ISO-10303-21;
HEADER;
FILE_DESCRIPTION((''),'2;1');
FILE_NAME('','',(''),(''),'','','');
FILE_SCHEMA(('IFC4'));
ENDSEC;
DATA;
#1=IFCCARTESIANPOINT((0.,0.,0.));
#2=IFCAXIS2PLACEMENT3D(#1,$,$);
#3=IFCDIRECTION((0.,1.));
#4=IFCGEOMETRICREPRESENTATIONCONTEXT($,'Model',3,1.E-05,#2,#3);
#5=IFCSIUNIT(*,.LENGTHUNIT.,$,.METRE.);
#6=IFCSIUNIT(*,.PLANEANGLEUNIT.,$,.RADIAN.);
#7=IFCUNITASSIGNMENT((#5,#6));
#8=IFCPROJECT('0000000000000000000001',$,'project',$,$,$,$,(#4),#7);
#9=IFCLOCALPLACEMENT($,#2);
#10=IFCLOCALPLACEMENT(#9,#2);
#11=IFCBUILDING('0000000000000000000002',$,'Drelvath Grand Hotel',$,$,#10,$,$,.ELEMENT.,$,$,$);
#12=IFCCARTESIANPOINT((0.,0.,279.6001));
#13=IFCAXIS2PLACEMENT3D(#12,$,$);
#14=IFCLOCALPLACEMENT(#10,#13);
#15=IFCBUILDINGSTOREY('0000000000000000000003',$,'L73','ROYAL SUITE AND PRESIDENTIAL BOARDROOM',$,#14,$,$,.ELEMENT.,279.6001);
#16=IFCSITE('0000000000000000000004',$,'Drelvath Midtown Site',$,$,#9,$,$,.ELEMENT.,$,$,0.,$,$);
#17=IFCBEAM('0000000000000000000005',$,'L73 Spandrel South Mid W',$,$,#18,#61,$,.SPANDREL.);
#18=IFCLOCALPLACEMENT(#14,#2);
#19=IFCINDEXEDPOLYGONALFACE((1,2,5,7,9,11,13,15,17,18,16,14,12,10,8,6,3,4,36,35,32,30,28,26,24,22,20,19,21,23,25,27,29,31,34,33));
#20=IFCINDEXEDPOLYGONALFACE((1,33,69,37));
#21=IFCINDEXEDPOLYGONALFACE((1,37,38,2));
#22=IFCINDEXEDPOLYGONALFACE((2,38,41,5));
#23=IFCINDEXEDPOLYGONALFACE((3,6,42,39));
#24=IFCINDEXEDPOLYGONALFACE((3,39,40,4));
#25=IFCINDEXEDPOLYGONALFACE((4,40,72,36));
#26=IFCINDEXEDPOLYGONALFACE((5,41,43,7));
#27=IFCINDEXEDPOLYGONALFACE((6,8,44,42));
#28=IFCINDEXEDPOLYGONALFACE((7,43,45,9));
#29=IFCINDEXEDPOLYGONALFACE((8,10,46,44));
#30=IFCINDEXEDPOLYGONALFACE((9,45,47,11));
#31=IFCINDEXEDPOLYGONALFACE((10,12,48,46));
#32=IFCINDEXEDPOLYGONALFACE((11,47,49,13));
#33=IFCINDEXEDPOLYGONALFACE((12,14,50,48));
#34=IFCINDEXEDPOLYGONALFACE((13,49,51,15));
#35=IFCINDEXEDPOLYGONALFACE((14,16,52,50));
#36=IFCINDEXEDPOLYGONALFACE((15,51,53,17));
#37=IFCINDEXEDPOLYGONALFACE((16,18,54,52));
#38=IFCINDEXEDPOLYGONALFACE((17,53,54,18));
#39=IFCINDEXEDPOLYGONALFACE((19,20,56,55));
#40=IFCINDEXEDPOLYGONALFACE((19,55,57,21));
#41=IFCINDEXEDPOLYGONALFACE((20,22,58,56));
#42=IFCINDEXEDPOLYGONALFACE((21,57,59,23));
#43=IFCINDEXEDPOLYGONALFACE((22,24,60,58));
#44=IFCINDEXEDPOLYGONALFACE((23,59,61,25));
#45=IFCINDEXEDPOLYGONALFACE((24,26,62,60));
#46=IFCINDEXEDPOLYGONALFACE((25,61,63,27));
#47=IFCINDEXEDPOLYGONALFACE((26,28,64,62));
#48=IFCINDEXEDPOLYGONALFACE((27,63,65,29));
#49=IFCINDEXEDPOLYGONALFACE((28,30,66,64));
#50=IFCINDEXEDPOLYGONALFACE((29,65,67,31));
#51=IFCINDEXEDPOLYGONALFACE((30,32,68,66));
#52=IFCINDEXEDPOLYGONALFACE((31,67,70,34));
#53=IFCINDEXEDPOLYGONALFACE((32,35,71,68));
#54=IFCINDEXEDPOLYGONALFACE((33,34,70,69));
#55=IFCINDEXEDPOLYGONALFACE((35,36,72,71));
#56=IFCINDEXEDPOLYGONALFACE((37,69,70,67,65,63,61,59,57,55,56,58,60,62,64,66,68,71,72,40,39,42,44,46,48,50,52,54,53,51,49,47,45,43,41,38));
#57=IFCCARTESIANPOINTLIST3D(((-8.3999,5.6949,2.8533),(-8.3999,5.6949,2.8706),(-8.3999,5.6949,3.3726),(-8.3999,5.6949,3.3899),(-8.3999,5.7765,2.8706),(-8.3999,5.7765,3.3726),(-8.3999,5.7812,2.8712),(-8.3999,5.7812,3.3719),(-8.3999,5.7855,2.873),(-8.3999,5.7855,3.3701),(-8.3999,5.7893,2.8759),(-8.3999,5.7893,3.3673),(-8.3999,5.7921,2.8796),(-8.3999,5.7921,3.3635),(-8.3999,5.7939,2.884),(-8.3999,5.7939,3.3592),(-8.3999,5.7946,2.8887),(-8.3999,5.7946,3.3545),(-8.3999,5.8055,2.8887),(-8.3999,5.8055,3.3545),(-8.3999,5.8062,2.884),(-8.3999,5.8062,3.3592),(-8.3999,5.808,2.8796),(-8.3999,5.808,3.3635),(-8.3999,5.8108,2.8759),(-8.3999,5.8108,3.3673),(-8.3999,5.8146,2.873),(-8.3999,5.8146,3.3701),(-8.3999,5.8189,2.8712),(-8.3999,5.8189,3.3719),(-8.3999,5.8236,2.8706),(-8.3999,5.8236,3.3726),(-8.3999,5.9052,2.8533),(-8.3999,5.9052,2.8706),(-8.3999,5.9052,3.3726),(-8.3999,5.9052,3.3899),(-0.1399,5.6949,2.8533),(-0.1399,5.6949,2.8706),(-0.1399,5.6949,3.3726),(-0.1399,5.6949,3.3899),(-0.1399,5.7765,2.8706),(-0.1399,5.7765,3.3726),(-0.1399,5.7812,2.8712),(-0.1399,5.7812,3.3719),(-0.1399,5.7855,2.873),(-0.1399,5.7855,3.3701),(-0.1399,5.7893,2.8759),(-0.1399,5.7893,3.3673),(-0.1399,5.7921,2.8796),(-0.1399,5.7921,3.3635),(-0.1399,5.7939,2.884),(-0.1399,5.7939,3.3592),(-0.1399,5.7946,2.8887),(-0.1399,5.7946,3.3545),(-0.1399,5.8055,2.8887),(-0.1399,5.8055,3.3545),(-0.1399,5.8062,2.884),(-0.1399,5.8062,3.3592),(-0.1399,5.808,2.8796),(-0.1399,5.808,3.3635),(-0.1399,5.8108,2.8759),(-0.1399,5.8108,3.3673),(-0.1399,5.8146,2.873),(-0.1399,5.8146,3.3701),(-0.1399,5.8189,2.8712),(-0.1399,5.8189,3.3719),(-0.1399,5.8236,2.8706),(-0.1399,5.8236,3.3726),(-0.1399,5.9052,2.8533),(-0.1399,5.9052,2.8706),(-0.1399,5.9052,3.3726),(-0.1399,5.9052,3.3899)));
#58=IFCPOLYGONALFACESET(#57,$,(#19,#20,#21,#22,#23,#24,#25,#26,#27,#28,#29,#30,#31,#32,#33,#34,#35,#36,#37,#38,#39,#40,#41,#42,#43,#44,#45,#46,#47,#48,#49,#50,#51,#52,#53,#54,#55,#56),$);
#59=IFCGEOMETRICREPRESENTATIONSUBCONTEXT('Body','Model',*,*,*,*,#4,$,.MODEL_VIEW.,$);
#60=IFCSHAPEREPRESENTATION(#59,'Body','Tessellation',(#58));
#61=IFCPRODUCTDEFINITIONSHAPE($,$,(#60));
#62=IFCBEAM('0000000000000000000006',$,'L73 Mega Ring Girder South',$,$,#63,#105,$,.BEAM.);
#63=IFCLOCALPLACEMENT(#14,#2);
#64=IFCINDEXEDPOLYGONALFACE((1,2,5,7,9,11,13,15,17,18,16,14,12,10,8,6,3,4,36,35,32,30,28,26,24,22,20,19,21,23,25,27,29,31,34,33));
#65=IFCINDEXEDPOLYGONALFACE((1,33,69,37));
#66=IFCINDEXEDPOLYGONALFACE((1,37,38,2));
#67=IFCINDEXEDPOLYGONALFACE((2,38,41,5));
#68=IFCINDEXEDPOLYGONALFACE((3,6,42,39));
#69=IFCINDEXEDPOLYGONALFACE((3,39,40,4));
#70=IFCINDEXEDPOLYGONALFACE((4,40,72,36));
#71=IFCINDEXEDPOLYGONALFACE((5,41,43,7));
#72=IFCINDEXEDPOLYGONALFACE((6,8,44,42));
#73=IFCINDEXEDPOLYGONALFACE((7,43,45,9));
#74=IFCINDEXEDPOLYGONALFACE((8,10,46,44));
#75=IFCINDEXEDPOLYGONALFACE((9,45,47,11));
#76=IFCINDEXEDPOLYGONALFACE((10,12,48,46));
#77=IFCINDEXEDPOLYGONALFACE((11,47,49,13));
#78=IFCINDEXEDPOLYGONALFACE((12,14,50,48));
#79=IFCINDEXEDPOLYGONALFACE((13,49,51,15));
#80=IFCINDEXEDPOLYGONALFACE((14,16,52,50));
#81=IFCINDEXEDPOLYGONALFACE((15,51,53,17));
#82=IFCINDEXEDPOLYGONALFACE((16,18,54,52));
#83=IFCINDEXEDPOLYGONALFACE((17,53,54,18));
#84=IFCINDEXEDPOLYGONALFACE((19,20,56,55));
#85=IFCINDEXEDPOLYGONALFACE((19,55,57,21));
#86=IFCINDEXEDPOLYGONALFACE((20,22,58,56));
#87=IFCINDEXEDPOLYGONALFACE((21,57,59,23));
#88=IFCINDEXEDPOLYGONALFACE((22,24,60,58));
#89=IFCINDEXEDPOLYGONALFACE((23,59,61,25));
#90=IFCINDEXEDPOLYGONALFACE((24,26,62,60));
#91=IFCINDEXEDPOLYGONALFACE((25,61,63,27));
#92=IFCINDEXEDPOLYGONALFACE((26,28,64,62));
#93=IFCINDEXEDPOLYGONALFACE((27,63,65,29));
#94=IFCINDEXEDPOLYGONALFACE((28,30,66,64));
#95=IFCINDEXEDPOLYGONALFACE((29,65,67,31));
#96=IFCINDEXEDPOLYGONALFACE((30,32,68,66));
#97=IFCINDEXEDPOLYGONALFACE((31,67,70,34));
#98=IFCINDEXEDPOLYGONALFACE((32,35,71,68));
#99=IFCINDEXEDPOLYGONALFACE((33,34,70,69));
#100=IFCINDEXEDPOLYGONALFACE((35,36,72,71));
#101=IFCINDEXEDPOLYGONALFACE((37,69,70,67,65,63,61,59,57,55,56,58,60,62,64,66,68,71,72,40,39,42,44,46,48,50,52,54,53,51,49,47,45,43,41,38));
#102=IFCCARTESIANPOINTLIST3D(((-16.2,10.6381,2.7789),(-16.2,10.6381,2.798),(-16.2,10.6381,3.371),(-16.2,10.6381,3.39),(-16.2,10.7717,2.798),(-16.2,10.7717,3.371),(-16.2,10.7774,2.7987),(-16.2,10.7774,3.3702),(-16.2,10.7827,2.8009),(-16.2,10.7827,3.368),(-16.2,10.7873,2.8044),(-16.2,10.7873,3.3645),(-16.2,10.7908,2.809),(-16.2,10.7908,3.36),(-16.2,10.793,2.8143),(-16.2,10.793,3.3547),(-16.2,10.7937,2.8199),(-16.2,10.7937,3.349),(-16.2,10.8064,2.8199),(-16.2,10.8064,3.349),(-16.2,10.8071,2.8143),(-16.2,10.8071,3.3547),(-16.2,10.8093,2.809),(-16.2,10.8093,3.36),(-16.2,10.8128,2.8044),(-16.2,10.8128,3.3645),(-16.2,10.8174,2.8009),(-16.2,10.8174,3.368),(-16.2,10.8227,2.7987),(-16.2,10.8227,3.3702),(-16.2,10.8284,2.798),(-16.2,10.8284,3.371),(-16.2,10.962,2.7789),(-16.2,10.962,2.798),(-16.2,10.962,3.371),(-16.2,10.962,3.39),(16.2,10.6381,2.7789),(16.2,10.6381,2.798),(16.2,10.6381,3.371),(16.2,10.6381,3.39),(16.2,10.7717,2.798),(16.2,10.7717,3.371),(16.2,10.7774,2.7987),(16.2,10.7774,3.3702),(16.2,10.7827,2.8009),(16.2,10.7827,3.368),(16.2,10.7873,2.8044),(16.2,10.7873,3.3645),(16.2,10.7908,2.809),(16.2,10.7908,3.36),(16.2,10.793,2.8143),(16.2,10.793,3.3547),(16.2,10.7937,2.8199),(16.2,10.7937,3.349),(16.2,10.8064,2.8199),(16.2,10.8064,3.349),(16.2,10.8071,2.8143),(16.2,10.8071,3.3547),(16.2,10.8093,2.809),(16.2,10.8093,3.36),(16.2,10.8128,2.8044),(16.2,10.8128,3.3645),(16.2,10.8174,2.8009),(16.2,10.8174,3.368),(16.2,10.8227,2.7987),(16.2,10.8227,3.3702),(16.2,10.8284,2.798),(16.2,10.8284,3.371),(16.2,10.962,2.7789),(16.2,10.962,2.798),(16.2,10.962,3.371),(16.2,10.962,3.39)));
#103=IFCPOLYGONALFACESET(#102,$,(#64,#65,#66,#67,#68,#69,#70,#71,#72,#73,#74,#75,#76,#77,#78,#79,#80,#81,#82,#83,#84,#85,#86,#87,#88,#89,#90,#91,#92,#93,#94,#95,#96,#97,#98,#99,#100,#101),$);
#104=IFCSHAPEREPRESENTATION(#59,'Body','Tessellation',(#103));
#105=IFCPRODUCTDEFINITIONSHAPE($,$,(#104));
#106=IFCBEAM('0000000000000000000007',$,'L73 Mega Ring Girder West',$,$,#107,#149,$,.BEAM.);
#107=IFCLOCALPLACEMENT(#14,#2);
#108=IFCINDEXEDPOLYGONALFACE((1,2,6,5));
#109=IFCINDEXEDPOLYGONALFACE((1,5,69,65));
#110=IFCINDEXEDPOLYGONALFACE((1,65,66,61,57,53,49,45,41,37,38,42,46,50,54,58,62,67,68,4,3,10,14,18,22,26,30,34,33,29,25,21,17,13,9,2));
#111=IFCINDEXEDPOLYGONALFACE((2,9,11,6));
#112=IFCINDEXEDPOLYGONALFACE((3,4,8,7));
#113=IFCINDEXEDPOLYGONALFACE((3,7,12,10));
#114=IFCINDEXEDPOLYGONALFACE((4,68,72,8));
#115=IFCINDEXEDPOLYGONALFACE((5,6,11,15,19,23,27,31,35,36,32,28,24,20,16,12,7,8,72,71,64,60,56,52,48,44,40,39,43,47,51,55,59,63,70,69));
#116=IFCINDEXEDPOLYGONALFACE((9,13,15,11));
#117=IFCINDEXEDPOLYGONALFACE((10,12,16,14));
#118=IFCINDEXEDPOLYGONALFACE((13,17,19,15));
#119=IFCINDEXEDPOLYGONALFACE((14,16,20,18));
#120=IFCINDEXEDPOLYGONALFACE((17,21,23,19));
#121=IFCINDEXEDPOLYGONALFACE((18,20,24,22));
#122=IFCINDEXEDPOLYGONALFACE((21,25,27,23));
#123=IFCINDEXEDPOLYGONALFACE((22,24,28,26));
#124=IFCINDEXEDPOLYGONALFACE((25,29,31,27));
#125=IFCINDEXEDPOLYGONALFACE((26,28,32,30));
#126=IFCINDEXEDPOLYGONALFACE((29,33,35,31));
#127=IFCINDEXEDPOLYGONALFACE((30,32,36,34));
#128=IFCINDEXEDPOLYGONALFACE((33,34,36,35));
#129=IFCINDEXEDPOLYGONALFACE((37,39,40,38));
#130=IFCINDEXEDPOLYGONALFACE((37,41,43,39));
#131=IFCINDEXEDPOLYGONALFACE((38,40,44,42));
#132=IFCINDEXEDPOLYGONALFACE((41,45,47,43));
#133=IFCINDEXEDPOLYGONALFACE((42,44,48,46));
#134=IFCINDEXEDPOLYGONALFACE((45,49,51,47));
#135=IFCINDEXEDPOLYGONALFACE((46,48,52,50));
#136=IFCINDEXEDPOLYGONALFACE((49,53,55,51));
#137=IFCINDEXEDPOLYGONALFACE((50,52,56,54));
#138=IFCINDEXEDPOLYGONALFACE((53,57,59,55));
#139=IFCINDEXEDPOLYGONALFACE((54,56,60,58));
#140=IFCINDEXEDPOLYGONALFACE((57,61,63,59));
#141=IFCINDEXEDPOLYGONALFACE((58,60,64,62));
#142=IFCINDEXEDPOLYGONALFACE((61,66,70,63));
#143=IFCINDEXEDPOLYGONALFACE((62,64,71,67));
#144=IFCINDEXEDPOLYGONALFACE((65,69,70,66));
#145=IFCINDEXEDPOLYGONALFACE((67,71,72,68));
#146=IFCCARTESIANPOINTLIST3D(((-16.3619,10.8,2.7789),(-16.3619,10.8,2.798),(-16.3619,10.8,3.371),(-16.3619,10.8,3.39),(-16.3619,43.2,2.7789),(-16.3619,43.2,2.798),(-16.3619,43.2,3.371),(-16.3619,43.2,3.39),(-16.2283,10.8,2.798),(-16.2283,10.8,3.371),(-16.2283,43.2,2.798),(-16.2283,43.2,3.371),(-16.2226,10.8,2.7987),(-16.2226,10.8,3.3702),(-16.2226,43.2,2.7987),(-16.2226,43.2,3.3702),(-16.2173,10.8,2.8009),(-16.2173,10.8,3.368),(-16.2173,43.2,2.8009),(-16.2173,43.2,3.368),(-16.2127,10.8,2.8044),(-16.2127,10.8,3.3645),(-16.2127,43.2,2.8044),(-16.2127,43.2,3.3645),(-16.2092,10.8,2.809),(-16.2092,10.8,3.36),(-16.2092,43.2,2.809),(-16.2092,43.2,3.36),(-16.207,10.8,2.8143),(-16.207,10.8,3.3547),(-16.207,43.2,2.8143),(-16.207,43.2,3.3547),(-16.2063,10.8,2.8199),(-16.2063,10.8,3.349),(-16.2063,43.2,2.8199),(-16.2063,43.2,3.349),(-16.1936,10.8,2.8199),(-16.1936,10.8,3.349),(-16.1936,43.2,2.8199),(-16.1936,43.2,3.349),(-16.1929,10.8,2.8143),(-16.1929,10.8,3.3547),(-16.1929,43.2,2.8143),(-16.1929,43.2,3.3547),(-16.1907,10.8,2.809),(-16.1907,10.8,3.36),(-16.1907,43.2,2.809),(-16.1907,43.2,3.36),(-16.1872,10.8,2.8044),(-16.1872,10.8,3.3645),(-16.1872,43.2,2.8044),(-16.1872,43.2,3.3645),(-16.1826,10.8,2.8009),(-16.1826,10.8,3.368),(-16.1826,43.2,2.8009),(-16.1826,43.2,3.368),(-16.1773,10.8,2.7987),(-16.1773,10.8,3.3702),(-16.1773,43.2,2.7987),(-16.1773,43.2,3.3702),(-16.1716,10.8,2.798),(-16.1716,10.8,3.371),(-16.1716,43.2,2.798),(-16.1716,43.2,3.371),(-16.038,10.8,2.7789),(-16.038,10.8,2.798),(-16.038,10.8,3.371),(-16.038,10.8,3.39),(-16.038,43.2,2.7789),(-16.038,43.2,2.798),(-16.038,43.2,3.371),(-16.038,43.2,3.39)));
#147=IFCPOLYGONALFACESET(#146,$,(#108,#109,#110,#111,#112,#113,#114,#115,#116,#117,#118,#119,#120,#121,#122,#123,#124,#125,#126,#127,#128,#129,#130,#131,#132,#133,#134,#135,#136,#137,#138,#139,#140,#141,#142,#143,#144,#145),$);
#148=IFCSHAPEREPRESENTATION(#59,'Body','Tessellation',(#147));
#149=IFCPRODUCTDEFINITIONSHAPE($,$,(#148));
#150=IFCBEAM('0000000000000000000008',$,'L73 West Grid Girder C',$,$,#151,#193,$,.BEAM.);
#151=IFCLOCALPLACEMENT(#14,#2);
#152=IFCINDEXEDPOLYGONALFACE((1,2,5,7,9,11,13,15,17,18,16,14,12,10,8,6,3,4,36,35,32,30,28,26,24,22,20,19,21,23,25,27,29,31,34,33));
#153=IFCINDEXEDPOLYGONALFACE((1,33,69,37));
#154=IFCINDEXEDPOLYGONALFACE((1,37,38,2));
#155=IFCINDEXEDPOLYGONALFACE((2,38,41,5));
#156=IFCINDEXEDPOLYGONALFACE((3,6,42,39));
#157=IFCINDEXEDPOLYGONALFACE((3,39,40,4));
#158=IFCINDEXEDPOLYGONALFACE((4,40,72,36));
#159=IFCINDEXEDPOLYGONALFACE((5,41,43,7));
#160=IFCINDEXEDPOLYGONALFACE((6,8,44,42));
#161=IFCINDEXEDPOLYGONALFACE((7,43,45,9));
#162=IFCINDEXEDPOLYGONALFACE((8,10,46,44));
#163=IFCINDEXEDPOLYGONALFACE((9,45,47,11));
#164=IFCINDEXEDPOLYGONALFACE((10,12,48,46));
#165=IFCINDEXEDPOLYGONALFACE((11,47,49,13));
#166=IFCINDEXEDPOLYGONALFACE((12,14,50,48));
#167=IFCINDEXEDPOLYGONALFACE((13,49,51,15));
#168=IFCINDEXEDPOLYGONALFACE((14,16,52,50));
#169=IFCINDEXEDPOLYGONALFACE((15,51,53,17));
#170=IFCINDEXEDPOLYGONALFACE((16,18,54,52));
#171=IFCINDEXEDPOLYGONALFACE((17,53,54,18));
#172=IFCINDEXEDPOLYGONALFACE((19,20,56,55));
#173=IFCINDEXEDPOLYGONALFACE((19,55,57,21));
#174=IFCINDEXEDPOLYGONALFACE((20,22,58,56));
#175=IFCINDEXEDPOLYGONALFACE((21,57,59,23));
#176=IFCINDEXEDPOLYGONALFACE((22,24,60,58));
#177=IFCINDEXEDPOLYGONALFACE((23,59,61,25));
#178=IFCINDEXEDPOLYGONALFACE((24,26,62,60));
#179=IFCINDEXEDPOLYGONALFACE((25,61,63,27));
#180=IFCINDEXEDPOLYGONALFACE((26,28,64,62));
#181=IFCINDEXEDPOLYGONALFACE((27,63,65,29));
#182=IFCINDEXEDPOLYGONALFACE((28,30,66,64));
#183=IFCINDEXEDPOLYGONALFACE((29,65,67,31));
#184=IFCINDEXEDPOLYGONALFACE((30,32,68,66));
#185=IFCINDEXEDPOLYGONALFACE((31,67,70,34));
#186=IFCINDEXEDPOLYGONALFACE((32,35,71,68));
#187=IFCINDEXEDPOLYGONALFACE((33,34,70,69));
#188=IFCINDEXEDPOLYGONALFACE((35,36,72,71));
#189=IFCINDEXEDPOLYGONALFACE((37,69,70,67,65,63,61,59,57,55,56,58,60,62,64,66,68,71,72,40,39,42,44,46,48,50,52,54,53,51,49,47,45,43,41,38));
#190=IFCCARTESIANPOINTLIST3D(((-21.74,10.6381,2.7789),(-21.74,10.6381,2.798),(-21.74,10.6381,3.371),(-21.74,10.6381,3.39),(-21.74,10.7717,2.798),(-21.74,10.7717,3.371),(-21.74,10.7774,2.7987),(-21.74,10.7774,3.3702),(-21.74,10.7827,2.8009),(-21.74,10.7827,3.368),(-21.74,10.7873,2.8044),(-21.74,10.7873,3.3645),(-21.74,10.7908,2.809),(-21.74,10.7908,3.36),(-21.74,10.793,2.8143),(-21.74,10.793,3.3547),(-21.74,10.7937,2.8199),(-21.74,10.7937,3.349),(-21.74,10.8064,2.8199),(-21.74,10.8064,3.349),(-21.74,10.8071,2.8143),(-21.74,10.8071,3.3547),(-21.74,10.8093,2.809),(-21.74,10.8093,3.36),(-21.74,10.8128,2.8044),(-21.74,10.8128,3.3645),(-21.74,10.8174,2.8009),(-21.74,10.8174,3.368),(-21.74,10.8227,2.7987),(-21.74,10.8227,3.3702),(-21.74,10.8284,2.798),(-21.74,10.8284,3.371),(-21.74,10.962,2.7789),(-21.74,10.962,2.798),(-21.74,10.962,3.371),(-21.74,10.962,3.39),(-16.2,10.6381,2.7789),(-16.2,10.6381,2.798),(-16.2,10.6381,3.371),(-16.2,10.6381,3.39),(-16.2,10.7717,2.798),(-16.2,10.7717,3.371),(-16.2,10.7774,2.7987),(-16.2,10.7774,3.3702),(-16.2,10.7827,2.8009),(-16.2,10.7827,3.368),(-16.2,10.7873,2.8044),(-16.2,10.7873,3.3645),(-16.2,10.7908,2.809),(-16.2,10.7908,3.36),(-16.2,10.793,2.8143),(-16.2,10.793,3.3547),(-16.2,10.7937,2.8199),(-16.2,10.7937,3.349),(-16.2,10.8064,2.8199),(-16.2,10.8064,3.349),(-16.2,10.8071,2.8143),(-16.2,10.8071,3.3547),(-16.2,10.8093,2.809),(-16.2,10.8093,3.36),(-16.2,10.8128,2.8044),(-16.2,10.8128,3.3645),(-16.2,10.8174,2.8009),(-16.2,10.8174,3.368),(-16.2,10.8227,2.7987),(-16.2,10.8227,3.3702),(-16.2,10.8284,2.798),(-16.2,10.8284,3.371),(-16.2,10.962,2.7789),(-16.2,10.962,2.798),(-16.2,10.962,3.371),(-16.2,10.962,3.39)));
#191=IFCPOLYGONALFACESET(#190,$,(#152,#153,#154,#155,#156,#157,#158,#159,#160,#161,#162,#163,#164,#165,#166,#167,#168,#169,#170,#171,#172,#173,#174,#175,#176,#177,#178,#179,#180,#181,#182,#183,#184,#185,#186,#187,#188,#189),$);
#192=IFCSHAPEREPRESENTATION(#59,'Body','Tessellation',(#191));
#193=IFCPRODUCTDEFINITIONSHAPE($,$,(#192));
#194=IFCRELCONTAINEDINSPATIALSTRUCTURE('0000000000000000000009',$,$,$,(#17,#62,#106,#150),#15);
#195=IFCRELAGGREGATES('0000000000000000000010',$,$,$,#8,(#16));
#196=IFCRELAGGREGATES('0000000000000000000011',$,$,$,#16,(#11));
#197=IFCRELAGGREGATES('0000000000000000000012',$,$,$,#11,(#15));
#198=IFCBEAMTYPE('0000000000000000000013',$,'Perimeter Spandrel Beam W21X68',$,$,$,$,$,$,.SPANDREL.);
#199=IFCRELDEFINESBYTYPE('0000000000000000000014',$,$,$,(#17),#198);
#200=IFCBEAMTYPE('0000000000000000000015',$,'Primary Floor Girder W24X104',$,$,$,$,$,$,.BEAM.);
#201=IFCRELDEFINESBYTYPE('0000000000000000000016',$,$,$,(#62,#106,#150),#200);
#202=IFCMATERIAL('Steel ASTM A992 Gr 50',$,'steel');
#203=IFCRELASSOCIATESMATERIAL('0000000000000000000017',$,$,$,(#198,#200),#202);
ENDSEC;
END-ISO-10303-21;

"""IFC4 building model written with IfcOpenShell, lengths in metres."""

from ifc_helpers import new_model, si_unit, direction, frame, origin, origin_2d, place, context, subcontext, project, spatial, i_section, extrude, material, material_profile, profile_set, type_object, element, save


model = new_model("IFC4")

# Units and contexts
model_context = context("Model", 3, precision=1e-05, world=origin(), true_north=direction((0.0, 1.0)))
body_context = subcontext(model_context, "Body", "Model", "MODEL_VIEW")
ifc_project = project(units=[si_unit("LENGTHUNIT", "METRE"), si_unit("PLANEANGLEUNIT", "RADIAN")], contexts=[model_context])

# Site, building, storey
site_placement = place(None, origin())
site = spatial("IfcSite", under=ifc_project, at=site_placement, Name="Drelvath Midtown Site", CompositionType="ELEMENT", RefElevation=0.0)
building_placement = place(site_placement, origin())
building = spatial("IfcBuilding", under=site, at=building_placement, Name="Drelvath Grand Hotel", CompositionType="ELEMENT")
storey_placement = place(building_placement, frame((0.0, 0.0, 279.6001)))
storey = spatial("IfcBuildingStorey", under=building, at=storey_placement, Name="L73", Description="ROYAL SUITE AND PRESIDENTIAL BOARDROOM", CompositionType="ELEMENT", Elevation=279.6001)

# Shared definitions
ifc_material_1 = material(Name="Steel ASTM A992 Gr 50", Category="steel")

# Beams
ifc_material_profile_1 = material_profile(ifc_material_1, i_section(OverallWidth=0.2102, OverallDepth=0.5366, WebThickness=0.011, FlangeThickness=0.0173, FilletRadius=0.0181, at=origin_2d()), Name="W21X68")
ifc_profile_set_1 = profile_set([ifc_material_profile_1], Name="Steel ASTM A992 Gr 50")
beam_type_1 = type_object("IfcBeamType", Name="Perimeter Spandrel Beam W21X68", PredefinedType="SPANDREL", material=ifc_profile_set_1)
beam_1_placement = place(storey_placement, frame((-8.3999, 5.8, 3.1216), z_axis=(1.0, 0.0, 0.0), x_axis=(0.0, 1.0, 0.0)))
element("IfcBeam", 1, at=beam_1_placement, inside=storey, type_object=beam_type_1, Name="L73 Spandrel South Mid W", PredefinedType="SPANDREL", context=body_context, shape_type="SweptSolid", body=[
    extrude(i_section(OverallWidth=0.2102, OverallDepth=0.5366, WebThickness=0.011, FlangeThickness=0.0173, FilletRadius=0.0181, at=origin_2d()), origin(), (0.0, 0.0, 1.0), 8.26),
])
ifc_material_profile_2 = material_profile(ifc_material_1, i_section(OverallWidth=0.324, OverallDepth=0.6111, WebThickness=0.0127, FlangeThickness=0.019, FilletRadius=0.022, at=origin_2d()), Name="W24X104")
ifc_profile_set_2 = profile_set([ifc_material_profile_2], Name="Steel ASTM A992 Gr 50")
beam_type_2 = type_object("IfcBeamType", Name="Primary Floor Girder W24X104", PredefinedType="BEAM", material=ifc_profile_set_2)
for number, where, z_axis, x_axis, name in (
    (2, (-16.2, 10.8, 3.0845), (1.0, 0.0, 0.0), (0.0, 1.0, 0.0), "L73 Mega Ring Girder South"),
    (3, (-16.2, 10.8, 3.0845), (0.0, 1.0, 0.0), (-1.0, 0.0, 0.0), "L73 Mega Ring Girder West"),
):
    element("IfcBeam", number, at=place(storey_placement, frame(where, z_axis=z_axis, x_axis=x_axis)), inside=storey, type_object=beam_type_2, Name=name, PredefinedType="BEAM", context=body_context, shape_type="SweptSolid", body=[
        extrude(i_section(OverallWidth=0.324, OverallDepth=0.6111, WebThickness=0.0127, FlangeThickness=0.019, FilletRadius=0.022, at=origin_2d()), origin(), (0.0, 0.0, 1.0), 32.3999),
    ])
for number, where, z_axis, x_axis, name in (
    (4, (-21.74, 10.8, 3.0845), (1.0, 0.0, 0.0), (0.0, 1.0, 0.0), "L73 West Grid Girder C"),
):
    element("IfcBeam", number, at=place(storey_placement, frame(where, z_axis=z_axis, x_axis=x_axis)), inside=storey, type_object=beam_type_2, Name=name, PredefinedType="BEAM", context=body_context, shape_type="SweptSolid", body=[
        extrude(i_section(OverallWidth=0.324, OverallDepth=0.6111, WebThickness=0.0127, FlangeThickness=0.019, FilletRadius=0.022, at=origin_2d()), origin(), (0.0, 0.0, 1.0), 5.54),
    ])

save(model, "model.ifc")
